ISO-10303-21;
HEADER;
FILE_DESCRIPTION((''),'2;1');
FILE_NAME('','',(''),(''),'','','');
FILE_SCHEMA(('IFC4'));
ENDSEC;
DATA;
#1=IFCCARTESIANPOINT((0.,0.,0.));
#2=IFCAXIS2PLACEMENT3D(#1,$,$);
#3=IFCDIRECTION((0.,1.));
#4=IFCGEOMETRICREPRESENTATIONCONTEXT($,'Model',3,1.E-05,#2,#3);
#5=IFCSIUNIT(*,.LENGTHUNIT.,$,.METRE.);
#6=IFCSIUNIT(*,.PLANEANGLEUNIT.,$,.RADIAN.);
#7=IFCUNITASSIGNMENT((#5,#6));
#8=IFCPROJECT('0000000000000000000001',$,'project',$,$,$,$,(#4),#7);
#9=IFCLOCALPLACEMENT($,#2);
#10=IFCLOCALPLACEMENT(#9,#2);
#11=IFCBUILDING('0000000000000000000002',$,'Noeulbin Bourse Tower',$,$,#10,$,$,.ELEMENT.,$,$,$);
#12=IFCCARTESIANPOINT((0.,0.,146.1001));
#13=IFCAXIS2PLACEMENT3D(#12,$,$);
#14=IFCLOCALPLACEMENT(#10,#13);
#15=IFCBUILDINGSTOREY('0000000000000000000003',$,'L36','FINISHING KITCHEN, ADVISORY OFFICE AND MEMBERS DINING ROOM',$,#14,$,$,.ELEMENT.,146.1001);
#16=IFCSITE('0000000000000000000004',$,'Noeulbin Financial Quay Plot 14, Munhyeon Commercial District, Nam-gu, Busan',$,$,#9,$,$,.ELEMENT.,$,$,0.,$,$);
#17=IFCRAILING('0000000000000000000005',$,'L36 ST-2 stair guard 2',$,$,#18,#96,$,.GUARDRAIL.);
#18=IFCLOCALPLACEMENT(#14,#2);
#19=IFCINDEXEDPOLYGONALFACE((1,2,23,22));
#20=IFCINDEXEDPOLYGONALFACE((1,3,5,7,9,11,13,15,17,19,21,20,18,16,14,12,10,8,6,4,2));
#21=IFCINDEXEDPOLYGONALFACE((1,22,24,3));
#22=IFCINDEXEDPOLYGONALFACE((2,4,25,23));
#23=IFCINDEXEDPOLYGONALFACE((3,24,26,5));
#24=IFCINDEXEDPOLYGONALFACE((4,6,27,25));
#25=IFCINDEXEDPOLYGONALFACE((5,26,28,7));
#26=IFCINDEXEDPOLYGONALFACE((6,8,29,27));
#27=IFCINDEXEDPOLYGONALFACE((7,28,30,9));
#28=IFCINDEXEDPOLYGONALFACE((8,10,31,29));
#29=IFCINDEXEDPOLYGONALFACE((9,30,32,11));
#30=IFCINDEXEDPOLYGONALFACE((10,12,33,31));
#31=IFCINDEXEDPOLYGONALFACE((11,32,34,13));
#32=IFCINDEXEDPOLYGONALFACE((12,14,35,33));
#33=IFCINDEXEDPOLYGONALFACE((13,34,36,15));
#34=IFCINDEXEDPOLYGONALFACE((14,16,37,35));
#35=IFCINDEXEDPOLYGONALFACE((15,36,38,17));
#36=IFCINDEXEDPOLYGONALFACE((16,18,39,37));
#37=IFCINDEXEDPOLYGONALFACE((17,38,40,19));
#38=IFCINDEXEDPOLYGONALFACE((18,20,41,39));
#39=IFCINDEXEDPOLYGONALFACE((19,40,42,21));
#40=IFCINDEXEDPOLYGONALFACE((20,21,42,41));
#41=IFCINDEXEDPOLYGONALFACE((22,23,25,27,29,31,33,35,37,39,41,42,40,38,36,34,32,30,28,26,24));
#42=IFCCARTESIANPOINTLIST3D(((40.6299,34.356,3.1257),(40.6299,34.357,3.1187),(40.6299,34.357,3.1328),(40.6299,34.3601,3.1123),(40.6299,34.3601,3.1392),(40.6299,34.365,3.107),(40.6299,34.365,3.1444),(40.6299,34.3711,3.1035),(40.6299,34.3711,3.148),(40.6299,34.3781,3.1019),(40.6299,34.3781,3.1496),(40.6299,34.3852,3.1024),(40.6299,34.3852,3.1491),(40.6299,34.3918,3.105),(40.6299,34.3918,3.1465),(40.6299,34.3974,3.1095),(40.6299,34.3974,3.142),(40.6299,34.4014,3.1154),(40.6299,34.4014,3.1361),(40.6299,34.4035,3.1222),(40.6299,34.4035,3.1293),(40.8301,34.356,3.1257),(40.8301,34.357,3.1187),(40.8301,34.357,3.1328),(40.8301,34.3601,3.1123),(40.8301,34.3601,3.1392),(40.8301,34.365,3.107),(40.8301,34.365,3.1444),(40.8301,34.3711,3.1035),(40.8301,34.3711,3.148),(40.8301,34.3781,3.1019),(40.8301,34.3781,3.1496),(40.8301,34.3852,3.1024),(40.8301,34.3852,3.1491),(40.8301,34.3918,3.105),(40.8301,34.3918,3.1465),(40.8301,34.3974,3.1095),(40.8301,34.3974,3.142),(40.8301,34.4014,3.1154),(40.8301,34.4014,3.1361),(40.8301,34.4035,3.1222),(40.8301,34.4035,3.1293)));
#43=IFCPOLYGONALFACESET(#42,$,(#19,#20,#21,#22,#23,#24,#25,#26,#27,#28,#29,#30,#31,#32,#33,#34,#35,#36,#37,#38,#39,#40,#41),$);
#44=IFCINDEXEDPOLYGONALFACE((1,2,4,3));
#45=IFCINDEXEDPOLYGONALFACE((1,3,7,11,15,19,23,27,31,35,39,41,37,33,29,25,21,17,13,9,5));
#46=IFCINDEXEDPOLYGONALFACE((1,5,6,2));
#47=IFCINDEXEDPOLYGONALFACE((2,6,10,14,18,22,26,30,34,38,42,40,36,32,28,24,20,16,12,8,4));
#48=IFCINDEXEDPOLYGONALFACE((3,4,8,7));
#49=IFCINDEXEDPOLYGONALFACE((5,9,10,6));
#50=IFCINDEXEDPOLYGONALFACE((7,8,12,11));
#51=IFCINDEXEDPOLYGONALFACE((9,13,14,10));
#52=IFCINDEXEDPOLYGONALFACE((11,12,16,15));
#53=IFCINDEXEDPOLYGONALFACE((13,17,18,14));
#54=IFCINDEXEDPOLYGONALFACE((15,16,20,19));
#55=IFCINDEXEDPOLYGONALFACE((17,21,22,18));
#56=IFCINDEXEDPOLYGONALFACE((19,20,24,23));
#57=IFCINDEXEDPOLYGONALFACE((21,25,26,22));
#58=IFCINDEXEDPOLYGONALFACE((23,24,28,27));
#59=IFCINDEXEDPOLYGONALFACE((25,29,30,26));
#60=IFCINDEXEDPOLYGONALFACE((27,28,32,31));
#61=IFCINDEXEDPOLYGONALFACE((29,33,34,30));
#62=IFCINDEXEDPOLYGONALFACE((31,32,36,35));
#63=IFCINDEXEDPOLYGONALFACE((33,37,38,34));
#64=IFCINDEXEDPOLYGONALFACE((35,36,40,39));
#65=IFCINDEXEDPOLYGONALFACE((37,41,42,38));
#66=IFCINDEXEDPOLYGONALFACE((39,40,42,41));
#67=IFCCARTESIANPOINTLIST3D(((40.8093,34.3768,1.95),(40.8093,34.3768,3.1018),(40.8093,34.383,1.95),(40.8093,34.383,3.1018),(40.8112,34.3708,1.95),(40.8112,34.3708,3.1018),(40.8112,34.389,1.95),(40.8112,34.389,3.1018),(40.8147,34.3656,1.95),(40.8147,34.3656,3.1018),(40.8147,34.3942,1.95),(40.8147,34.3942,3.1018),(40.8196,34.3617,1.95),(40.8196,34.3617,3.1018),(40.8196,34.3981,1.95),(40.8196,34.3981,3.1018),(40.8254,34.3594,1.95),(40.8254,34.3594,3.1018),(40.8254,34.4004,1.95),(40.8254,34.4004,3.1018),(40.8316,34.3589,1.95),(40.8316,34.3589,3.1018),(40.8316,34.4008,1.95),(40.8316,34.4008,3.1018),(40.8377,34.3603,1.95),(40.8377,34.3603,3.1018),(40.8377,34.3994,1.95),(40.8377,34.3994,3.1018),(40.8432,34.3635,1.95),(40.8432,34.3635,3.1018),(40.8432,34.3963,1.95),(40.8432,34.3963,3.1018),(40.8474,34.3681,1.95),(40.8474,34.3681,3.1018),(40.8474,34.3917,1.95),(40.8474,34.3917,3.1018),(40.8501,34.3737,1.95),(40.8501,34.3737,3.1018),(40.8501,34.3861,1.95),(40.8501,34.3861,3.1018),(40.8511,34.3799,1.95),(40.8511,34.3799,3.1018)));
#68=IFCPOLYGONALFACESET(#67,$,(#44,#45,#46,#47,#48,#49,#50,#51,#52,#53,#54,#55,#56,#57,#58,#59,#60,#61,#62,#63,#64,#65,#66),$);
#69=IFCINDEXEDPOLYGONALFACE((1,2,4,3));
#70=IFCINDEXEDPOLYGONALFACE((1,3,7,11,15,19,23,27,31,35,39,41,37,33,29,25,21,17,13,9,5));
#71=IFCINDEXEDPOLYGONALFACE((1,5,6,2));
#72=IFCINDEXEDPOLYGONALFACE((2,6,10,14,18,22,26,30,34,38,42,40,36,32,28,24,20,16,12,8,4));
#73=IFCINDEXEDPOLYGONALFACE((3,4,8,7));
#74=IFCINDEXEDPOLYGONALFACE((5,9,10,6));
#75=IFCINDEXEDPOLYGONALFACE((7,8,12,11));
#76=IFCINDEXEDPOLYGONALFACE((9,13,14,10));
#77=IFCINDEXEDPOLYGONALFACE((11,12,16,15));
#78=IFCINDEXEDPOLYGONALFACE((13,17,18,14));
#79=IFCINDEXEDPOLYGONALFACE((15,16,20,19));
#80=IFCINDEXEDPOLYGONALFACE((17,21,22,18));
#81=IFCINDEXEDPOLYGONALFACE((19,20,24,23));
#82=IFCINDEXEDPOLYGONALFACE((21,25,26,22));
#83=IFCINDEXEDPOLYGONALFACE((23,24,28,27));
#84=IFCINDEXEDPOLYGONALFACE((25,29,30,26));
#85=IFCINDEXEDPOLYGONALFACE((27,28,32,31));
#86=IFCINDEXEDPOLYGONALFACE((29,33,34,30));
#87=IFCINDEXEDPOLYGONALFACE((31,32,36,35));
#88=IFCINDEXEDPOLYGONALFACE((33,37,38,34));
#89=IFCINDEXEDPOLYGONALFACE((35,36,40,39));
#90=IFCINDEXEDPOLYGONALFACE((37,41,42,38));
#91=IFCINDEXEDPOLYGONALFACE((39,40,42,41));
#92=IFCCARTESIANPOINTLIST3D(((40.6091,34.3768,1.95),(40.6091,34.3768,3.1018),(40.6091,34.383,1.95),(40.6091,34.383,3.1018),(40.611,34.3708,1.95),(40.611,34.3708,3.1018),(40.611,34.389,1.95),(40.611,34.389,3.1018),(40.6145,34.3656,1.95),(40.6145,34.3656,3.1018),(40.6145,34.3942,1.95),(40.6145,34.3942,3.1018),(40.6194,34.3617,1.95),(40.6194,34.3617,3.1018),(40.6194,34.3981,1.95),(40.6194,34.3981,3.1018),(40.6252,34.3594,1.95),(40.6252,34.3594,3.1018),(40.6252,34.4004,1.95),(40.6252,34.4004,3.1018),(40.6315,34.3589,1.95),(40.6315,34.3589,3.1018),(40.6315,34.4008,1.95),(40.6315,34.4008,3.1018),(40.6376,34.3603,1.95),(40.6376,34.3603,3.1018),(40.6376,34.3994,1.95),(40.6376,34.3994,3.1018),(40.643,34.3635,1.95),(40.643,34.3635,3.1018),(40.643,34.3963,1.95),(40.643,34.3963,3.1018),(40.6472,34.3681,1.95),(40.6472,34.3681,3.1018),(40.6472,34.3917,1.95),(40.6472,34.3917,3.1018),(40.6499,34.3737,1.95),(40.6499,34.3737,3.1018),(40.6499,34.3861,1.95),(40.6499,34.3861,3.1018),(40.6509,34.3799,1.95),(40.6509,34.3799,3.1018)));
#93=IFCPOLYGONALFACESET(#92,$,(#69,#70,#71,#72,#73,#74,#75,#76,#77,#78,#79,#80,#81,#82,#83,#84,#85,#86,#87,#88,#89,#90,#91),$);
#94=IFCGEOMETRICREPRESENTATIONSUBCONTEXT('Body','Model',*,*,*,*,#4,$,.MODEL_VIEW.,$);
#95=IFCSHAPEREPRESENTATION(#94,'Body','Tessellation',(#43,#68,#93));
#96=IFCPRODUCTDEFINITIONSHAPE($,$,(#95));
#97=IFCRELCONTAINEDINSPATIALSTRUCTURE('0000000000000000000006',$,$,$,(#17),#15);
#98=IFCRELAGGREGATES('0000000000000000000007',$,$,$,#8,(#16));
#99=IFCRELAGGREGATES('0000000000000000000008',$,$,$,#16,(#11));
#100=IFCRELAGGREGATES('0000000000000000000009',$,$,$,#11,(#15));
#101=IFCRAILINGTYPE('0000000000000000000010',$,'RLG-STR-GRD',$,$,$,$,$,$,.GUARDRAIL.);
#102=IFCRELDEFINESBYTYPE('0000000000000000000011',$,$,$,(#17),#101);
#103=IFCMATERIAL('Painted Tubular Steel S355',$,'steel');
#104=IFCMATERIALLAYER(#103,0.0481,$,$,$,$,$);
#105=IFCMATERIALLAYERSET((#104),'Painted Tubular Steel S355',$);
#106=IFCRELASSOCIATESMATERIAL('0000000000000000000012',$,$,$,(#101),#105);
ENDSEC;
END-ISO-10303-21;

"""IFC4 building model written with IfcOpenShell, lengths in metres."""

from ifc_helpers import new_model, si_unit, direction, frame, origin, origin_2d, place, context, subcontext, project, spatial, circle, extrude, material, layer, layer_set, type_object, element, save


model = new_model("IFC4")

# Units and contexts
model_context = context("Model", 3, precision=1e-05, world=origin(), true_north=direction((0.0, 1.0)))
body_context = subcontext(model_context, "Body", "Model", "MODEL_VIEW")
ifc_project = project(units=[si_unit("LENGTHUNIT", "METRE"), si_unit("PLANEANGLEUNIT", "RADIAN")], contexts=[model_context])

# Site, building, storey
site_placement = place(None, origin())
site = spatial("IfcSite", under=ifc_project, at=site_placement, Name="Noeulbin Financial Quay Plot 14, Munhyeon Commercial District, Nam-gu, Busan", CompositionType="ELEMENT", RefElevation=0.0)
building_placement = place(site_placement, origin())
building = spatial("IfcBuilding", under=site, at=building_placement, Name="Noeulbin Bourse Tower", CompositionType="ELEMENT")
storey_placement = place(building_placement, frame((0.0, 0.0, 146.1001)))
storey = spatial("IfcBuildingStorey", under=building, at=storey_placement, Name="L36", Description="FINISHING KITCHEN, ADVISORY OFFICE AND MEMBERS DINING ROOM", CompositionType="ELEMENT", Elevation=146.1001)

# Railing
ifc_material_1 = material(Name="Painted Tubular Steel S355", Category="steel")
ifc_layer_1 = layer(ifc_material_1, 0.0481)
ifc_layer_set_1 = layer_set([ifc_layer_1], Name="Painted Tubular Steel S355")
railing_type_1 = type_object("IfcRailingType", Name="RLG-STR-GRD", PredefinedType="GUARDRAIL", material=ifc_layer_set_1)
railing_1_placement = place(storey_placement, frame((40.8301, 34.3799, 1.95)))
element("IfcRailing", 1, at=railing_1_placement, inside=storey, type_object=railing_type_1, Name="L36 ST-2 stair guard 2", PredefinedType="GUARDRAIL", context=body_context, shape_type="SweptSolid", body=[
    extrude(circle(Radius=0.0239, at=origin_2d()), frame((0.0, 0.0, 1.1758), z_axis=(-1.0, 0.0, 0.0), x_axis=(0.0, -1.0, 0.0)), (0.0, 0.0, 1.0), 0.2002),
    extrude(circle(Radius=0.021, at=origin_2d()), origin(), (0.0, 0.0, 1.0), 1.1519),
    extrude(circle(Radius=0.021, at=origin_2d()), frame((-0.2002, 0.0, 0.0)), (0.0, 0.0, 1.0), 1.1519),
])

save(model, "model.ifc")
